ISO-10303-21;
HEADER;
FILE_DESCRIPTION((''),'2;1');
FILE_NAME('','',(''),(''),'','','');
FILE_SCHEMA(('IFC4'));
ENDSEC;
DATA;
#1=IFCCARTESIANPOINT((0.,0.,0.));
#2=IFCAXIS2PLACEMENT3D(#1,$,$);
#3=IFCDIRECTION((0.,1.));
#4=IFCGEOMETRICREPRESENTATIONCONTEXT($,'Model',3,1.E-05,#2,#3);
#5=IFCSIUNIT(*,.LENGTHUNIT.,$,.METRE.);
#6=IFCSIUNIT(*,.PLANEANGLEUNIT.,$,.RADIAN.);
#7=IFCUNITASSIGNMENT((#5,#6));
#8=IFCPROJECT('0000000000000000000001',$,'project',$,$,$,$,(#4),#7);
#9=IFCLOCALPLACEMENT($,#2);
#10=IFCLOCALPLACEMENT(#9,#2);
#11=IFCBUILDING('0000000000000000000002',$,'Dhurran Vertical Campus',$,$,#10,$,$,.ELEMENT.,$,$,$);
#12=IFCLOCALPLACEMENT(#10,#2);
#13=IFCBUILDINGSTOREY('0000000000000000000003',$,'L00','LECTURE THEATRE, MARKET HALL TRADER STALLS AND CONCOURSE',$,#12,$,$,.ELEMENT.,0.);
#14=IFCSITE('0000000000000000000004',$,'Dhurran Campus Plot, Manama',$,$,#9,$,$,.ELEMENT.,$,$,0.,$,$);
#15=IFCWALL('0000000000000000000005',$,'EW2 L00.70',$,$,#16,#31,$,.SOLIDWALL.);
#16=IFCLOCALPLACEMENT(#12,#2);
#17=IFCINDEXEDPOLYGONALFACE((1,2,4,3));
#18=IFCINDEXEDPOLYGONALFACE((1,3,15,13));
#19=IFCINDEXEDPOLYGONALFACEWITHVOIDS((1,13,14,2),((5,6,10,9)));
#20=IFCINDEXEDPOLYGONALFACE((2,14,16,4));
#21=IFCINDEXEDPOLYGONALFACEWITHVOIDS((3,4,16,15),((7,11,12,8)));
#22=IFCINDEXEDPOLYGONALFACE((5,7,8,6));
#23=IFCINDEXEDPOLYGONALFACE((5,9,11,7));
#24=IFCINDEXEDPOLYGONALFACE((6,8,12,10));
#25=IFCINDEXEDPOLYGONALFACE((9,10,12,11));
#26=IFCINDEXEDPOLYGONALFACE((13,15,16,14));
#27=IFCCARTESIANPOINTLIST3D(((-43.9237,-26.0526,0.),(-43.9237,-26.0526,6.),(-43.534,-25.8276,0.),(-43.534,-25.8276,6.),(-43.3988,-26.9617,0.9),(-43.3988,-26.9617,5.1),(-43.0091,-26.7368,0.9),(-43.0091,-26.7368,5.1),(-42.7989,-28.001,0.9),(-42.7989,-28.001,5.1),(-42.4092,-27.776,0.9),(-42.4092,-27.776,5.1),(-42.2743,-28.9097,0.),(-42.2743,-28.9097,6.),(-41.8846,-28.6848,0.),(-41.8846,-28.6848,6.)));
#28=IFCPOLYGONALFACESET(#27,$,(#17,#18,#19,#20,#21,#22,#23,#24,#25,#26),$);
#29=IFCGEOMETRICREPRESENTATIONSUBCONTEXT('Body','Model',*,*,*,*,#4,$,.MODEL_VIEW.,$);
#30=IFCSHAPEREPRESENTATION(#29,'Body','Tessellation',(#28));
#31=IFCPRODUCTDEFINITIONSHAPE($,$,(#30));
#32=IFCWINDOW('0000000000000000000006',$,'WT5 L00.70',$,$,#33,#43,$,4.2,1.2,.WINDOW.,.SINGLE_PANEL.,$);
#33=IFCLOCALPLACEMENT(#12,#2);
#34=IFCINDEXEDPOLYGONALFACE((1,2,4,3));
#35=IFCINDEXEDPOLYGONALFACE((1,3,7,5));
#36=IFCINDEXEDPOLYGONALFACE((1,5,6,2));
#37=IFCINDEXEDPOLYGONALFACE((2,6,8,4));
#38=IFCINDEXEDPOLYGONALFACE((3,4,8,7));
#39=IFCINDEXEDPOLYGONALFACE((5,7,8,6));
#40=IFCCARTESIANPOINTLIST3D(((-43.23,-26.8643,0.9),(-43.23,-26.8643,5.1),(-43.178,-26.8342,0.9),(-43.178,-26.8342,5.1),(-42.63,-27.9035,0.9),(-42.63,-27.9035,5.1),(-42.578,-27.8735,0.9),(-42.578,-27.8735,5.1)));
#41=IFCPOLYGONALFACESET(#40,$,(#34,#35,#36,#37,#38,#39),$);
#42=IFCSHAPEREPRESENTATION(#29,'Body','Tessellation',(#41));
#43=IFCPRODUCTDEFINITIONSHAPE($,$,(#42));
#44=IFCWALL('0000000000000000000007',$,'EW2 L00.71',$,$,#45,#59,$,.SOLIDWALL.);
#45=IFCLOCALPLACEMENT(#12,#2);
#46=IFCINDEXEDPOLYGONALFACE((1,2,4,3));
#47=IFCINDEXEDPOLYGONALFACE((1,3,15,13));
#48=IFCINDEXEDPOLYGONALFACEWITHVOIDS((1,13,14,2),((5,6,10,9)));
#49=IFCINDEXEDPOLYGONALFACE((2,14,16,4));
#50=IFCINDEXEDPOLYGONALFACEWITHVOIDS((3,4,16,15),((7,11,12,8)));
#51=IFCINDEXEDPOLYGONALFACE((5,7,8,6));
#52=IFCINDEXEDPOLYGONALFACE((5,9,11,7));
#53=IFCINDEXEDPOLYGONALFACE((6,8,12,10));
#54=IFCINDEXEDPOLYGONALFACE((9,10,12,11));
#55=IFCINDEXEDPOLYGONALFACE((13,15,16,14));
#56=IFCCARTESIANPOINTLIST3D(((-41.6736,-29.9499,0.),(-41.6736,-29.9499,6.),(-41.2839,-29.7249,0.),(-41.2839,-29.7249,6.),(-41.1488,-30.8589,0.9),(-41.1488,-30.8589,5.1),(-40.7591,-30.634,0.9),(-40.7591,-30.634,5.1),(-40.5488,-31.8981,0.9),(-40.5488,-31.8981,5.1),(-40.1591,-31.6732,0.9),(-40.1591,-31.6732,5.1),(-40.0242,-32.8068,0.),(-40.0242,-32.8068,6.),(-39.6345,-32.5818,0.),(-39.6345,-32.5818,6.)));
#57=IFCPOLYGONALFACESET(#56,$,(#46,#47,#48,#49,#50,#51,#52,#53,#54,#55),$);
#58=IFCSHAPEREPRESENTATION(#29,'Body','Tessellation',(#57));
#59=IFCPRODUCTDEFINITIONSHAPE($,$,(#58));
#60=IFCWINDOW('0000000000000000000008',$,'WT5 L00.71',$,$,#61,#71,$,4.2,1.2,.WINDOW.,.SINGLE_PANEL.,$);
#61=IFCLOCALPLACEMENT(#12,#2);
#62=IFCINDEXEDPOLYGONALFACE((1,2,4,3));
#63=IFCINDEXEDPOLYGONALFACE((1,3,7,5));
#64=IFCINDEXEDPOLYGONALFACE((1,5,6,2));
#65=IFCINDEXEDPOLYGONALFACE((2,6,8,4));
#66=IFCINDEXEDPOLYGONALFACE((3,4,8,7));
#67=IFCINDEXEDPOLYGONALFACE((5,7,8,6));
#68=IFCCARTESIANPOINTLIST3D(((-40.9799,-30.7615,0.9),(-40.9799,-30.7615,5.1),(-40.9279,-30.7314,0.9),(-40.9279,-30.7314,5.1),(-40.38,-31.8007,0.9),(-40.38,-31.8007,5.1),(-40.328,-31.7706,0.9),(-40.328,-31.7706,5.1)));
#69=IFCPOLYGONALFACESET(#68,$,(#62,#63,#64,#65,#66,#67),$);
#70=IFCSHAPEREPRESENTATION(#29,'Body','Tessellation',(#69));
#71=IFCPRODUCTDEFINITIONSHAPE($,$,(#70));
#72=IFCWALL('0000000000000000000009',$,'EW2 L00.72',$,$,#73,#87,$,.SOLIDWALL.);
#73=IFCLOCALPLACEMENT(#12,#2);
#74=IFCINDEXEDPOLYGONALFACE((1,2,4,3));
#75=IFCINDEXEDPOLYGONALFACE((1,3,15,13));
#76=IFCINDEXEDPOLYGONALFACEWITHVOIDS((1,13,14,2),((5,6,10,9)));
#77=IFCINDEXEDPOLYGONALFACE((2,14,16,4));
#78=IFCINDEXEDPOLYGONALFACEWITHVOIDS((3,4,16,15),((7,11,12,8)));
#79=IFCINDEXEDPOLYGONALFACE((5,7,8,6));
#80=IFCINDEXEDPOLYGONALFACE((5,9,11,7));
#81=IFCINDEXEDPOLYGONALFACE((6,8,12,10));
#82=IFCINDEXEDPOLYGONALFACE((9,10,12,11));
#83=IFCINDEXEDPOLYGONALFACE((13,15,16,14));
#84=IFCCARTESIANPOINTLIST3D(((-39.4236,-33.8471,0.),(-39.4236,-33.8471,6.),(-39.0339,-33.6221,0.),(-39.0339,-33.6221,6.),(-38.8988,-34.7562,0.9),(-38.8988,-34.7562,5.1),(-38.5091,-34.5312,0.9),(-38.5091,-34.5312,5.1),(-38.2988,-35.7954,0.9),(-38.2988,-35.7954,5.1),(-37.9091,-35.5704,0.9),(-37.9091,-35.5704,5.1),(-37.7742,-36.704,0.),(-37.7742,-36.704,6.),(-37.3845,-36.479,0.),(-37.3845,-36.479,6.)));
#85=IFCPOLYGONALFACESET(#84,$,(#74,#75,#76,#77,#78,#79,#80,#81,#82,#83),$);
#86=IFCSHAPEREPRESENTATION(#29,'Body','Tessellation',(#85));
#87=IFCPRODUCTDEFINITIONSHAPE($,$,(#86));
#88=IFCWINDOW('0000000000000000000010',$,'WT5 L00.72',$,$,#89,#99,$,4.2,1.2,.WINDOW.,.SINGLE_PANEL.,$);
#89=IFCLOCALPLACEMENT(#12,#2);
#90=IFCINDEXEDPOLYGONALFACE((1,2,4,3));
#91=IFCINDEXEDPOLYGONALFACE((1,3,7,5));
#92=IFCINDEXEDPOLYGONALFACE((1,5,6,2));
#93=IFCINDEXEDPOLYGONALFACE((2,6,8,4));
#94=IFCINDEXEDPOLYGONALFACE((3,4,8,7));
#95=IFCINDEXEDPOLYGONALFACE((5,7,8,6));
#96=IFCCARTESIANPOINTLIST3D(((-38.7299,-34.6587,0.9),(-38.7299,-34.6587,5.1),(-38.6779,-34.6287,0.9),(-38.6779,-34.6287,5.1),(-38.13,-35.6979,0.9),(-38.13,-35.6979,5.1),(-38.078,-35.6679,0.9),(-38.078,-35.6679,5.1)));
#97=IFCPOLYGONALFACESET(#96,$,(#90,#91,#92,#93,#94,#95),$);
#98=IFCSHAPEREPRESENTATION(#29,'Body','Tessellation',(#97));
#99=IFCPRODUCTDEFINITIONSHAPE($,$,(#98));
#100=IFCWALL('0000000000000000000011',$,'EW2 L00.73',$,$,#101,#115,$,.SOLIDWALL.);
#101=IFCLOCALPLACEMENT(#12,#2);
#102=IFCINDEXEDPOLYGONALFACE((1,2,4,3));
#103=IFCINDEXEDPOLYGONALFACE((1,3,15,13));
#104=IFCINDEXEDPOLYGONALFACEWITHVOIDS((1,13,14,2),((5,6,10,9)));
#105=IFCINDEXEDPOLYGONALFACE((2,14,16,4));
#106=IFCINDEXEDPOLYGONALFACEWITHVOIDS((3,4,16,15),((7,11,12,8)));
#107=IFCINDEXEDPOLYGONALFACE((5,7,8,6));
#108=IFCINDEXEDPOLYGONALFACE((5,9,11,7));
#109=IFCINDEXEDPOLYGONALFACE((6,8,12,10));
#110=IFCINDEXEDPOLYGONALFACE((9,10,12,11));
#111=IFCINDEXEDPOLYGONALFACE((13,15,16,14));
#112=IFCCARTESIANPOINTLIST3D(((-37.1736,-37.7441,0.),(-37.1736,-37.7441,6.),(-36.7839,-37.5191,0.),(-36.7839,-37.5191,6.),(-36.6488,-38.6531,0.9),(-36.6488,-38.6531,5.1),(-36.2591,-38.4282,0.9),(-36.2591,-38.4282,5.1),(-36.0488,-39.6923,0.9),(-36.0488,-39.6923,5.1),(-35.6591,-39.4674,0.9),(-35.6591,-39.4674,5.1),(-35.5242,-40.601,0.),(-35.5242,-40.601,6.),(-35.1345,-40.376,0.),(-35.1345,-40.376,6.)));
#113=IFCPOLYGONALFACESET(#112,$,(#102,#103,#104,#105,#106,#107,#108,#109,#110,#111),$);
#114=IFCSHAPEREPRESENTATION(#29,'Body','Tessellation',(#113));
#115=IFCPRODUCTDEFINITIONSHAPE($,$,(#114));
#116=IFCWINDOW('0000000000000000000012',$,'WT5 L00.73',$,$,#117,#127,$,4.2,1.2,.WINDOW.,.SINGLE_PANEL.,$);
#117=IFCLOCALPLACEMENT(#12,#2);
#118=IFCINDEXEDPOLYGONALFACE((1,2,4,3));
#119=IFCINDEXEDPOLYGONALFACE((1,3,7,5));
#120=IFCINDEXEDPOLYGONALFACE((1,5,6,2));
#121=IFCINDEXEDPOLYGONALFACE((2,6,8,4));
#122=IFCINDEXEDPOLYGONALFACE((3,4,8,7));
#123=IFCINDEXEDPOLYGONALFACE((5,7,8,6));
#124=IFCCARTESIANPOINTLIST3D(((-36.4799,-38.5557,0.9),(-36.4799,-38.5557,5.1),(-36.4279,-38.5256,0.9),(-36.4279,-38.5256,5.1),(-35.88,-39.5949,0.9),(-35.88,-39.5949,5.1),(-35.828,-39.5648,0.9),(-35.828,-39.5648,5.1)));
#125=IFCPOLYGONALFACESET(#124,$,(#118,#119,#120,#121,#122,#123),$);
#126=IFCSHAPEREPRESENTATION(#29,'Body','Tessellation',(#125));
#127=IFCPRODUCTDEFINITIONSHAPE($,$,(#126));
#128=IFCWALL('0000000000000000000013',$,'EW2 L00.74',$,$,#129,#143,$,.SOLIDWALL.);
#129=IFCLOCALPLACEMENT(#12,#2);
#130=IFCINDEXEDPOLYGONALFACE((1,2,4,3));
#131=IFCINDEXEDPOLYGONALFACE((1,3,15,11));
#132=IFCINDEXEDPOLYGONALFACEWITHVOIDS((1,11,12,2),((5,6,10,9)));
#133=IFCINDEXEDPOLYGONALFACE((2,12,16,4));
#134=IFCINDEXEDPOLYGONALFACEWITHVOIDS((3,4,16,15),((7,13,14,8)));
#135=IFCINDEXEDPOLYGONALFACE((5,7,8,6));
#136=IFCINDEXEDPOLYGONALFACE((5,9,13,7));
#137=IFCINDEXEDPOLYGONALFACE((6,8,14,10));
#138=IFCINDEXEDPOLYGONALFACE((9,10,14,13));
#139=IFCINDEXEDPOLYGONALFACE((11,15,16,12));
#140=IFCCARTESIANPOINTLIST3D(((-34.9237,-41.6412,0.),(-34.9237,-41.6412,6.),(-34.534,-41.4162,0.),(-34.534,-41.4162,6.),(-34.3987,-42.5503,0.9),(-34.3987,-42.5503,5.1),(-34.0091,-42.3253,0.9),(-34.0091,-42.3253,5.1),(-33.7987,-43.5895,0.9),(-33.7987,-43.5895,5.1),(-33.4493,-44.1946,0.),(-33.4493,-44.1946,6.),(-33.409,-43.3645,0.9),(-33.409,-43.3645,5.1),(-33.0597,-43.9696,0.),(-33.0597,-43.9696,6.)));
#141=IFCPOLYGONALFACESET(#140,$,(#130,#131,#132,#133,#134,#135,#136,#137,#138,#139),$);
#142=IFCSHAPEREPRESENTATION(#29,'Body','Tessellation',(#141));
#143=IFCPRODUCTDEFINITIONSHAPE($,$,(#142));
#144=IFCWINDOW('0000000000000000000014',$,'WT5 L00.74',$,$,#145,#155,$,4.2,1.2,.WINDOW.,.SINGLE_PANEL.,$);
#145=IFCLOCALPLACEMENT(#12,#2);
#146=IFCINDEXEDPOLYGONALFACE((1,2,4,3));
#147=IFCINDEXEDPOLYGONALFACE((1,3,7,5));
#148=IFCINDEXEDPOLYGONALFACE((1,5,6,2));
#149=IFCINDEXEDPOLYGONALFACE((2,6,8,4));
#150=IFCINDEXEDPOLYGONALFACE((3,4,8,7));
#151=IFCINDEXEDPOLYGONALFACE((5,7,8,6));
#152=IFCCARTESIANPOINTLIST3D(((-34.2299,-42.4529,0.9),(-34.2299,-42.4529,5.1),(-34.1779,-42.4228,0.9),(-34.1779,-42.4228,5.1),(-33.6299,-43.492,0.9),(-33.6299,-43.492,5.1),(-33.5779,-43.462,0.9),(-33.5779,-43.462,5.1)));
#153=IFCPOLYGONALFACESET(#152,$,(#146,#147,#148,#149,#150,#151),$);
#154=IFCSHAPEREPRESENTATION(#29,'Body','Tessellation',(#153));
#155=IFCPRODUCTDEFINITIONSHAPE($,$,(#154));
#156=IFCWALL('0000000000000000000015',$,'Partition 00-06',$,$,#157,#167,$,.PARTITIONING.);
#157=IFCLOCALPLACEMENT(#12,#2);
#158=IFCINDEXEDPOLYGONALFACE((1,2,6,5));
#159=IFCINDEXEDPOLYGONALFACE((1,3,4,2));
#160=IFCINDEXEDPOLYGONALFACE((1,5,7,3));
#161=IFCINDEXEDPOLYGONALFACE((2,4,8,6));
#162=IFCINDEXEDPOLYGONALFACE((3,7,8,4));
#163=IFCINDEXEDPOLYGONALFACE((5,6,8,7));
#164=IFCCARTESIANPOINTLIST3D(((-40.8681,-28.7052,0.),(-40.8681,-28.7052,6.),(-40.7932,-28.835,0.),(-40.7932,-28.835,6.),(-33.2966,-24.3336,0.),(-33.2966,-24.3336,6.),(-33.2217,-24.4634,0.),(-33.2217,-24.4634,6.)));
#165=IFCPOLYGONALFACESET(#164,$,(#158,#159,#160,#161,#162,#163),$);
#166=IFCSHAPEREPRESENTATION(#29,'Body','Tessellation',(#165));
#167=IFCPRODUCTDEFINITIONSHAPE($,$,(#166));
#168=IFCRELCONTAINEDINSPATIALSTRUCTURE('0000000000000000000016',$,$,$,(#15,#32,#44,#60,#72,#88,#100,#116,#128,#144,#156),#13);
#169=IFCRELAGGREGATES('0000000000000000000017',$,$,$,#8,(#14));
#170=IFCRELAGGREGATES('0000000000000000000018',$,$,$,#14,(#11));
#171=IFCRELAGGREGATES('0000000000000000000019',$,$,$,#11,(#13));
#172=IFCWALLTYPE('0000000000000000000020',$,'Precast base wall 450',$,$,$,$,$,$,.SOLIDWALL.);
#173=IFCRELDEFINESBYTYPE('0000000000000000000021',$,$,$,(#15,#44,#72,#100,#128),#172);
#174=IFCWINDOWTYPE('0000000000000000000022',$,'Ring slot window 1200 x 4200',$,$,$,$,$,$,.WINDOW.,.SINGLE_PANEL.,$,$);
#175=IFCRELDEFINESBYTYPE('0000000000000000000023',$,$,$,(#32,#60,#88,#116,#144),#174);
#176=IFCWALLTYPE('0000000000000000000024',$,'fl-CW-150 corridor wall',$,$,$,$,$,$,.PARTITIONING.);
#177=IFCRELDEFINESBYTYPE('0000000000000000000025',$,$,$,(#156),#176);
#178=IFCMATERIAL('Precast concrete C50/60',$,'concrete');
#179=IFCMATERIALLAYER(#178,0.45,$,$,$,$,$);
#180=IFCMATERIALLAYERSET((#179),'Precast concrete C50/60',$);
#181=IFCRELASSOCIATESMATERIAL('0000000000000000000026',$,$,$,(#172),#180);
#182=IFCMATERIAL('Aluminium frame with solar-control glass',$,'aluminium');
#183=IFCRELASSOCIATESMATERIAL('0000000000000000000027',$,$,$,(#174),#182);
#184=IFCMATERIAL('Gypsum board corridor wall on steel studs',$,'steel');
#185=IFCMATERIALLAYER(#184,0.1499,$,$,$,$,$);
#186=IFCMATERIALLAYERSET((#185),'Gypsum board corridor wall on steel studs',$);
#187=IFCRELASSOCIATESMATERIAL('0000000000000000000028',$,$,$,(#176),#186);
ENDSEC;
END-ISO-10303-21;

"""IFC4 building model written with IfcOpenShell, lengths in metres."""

from ifc_helpers import new_model, si_unit, direction, frame, frame_2d, origin, place, context, subcontext, project, spatial, rectangle, extrude, material, layer, layer_set, type_object, element, fill, save


model = new_model("IFC4")

# Units and contexts
model_context = context("Model", 3, precision=1e-05, world=origin(), true_north=direction((0.0, 1.0)))
body_context = subcontext(model_context, "Body", "Model", "MODEL_VIEW")
ifc_project = project(units=[si_unit("LENGTHUNIT", "METRE"), si_unit("PLANEANGLEUNIT", "RADIAN")], contexts=[model_context])

# Site, building, storey
site_placement = place(None, origin())
site = spatial("IfcSite", under=ifc_project, at=site_placement, Name="Dhurran Campus Plot, Manama", CompositionType="ELEMENT", RefElevation=0.0)
building_placement = place(site_placement, origin())
building = spatial("IfcBuilding", under=site, at=building_placement, Name="Dhurran Vertical Campus", CompositionType="ELEMENT")
storey_placement = place(building_placement, origin())
storey = spatial("IfcBuildingStorey", under=building, at=storey_placement, Name="L00", Description="LECTURE THEATRE, MARKET HALL TRADER STALLS AND CONCOURSE", CompositionType="ELEMENT", Elevation=0.0)

# Shared definitions
ifc_material_1 = material(Name="Precast concrete C50/60", Category="concrete")
ifc_layer_1 = layer(ifc_material_1, 0.45)
ifc_layer_set_1 = layer_set([ifc_layer_1], Name="Precast concrete C50/60")
wall_type_1 = type_object("IfcWallType", Name="Precast base wall 450", PredefinedType="SOLIDWALL", material=ifc_layer_set_1)

# Walls, openings, windows
wall_1_placement = place(storey_placement, frame((-43.7288, -25.9402, 0.0), z_axis=(0.0, 0.0, 1.0), x_axis=(0.499959, -0.866049, 0.0)))
wall_1 = element("IfcWall", 1, at=wall_1_placement, inside=storey, type_object=wall_type_1, Name="EW2 L00.70", PredefinedType="SOLIDWALL", context=body_context, shape_type="SweptSolid", body=[
    extrude(rectangle(XDim=3.2991, YDim=0.45, at=frame_2d((1.6494, 0.0))), origin(), (0.0, 0.0, 1.0), 6.0),
])
opening_1_placement = place(wall_1_placement, frame((1.0496, 0.0, 0.8999)))
opening_1 = element("IfcOpeningElement", 2, at=opening_1_placement, cuts=wall_1, PredefinedType="OPENING", context=body_context, shape_type="SweptSolid", body=[
    extrude(rectangle(XDim=1.2, YDim=4.2, at=frame_2d((0.6001, 2.1001))), frame((0.0, 0.2349, 0.0), z_axis=(0.0, -1.0, 0.0), x_axis=(1.0, 0.0, 0.0)), (0.0, 0.0, 1.0), 0.47),
])
ifc_material_2 = material(Name="Aluminium frame with solar-control glass", Category="aluminium")
window_type = type_object("IfcWindowType", Name="Ring slot window 1200 x 4200", PartitioningType="SINGLE_PANEL", PredefinedType="WINDOW", material=ifc_material_2)
window_1_placement = place(opening_1_placement, origin())
window_1 = element("IfcWindow", 3, at=window_1_placement, inside=storey, type_object=window_type, Name="WT5 L00.70", OverallHeight=4.2, OverallWidth=1.2, PartitioningType="SINGLE_PANEL", PredefinedType="WINDOW", context=body_context, shape_type="SweptSolid", body=[
    extrude(rectangle(XDim=1.2, YDim=4.2, at=frame_2d((0.6001, 2.1001))), frame((0.0, 0.03, 0.0), z_axis=(0.0, -1.0, 0.0), x_axis=(1.0, 0.0, 0.0)), (0.0, 0.0, 1.0), 0.0601),
])
fill(opening_1, window_1)
wall_2_placement = place(storey_placement, frame((-41.4788, -29.8374, 0.0), z_axis=(0.0, 0.0, 1.0), x_axis=(0.499992, -0.86603, 0.0)))
wall_2 = element("IfcWall", 4, at=wall_2_placement, inside=storey, type_object=wall_type_1, Name="EW2 L00.71", PredefinedType="SOLIDWALL", context=body_context, shape_type="SweptSolid", body=[
    extrude(rectangle(XDim=3.2988, YDim=0.45, at=frame_2d((1.6494, 0.0))), origin(), (0.0, 0.0, 1.0), 6.0),
])
opening_2_placement = place(wall_2_placement, frame((1.0496, 0.0, 0.8999)))
opening_2 = element("IfcOpeningElement", 5, at=opening_2_placement, cuts=wall_2, PredefinedType="OPENING", context=body_context, shape_type="SweptSolid", body=[
    extrude(rectangle(XDim=1.2, YDim=4.2, at=frame_2d((0.6001, 2.1001))), frame((0.0, 0.2349, 0.0), z_axis=(0.0, -1.0, 0.0), x_axis=(1.0, 0.0, 0.0)), (0.0, 0.0, 1.0), 0.47),
])
window_2_placement = place(opening_2_placement, origin())
window_2 = element("IfcWindow", 6, at=window_2_placement, inside=storey, type_object=window_type, Name="WT5 L00.71", OverallHeight=4.2, OverallWidth=1.2, PartitioningType="SINGLE_PANEL", PredefinedType="WINDOW", context=body_context, shape_type="SweptSolid", body=[
    extrude(rectangle(XDim=1.2, YDim=4.2, at=frame_2d((0.6001, 2.1001))), frame((0.0, 0.03, 0.0), z_axis=(0.0, -1.0, 0.0), x_axis=(1.0, 0.0, 0.0)), (0.0, 0.0, 1.0), 0.0601),
])
fill(opening_2, window_2)
wall_3_placement = place(storey_placement, frame((-39.2288, -33.7346, 0.0), z_axis=(0.0, 0.0, 1.0), x_axis=(0.499992, -0.86603, 0.0)))
wall_3 = element("IfcWall", 7, at=wall_3_placement, inside=storey, type_object=wall_type_1, Name="EW2 L00.72", PredefinedType="SOLIDWALL", context=body_context, shape_type="SweptSolid", body=[
    extrude(rectangle(XDim=3.2988, YDim=0.45, at=frame_2d((1.6494, 0.0))), origin(), (0.0, 0.0, 1.0), 6.0),
])
opening_3_placement = place(wall_3_placement, frame((1.0496, 0.0, 0.8999)))
opening_3 = element("IfcOpeningElement", 8, at=opening_3_placement, cuts=wall_3, PredefinedType="OPENING", context=body_context, shape_type="SweptSolid", body=[
    extrude(rectangle(XDim=1.2, YDim=4.2, at=frame_2d((0.6001, 2.1001))), frame((0.0, 0.2349, 0.0), z_axis=(0.0, -1.0, 0.0), x_axis=(1.0, 0.0, 0.0)), (0.0, 0.0, 1.0), 0.47),
])
window_3_placement = place(opening_3_placement, origin())
window_3 = element("IfcWindow", 9, at=window_3_placement, inside=storey, type_object=window_type, Name="WT5 L00.72", OverallHeight=4.2, OverallWidth=1.2, PartitioningType="SINGLE_PANEL", PredefinedType="WINDOW", context=body_context, shape_type="SweptSolid", body=[
    extrude(rectangle(XDim=1.2, YDim=4.2, at=frame_2d((0.6001, 2.1001))), frame((0.0, 0.03, 0.0), z_axis=(0.0, -1.0, 0.0), x_axis=(1.0, 0.0, 0.0)), (0.0, 0.0, 1.0), 0.0601),
])
fill(opening_3, window_3)
wall_4_placement = place(storey_placement, frame((-36.9788, -37.6316, 0.0), z_axis=(0.0, 0.0, 1.0), x_axis=(0.499992, -0.86603, 0.0)))
wall_4 = element("IfcWall", 10, at=wall_4_placement, inside=storey, type_object=wall_type_1, Name="EW2 L00.73", PredefinedType="SOLIDWALL", context=body_context, shape_type="SweptSolid", body=[
    extrude(rectangle(XDim=3.2988, YDim=0.45, at=frame_2d((1.6494, 0.0))), origin(), (0.0, 0.0, 1.0), 6.0),
])
opening_4_placement = place(wall_4_placement, frame((1.0496, 0.0, 0.8999)))
opening_4 = element("IfcOpeningElement", 11, at=opening_4_placement, cuts=wall_4, PredefinedType="OPENING", context=body_context, shape_type="SweptSolid", body=[
    extrude(rectangle(XDim=1.2, YDim=4.2, at=frame_2d((0.6001, 2.1001))), frame((0.0, 0.2349, 0.0), z_axis=(0.0, -1.0, 0.0), x_axis=(1.0, 0.0, 0.0)), (0.0, 0.0, 1.0), 0.47),
])
window_4_placement = place(opening_4_placement, origin())
window_4 = element("IfcWindow", 12, at=window_4_placement, inside=storey, type_object=window_type, Name="WT5 L00.73", OverallHeight=4.2, OverallWidth=1.2, PartitioningType="SINGLE_PANEL", PredefinedType="WINDOW", context=body_context, shape_type="SweptSolid", body=[
    extrude(rectangle(XDim=1.2, YDim=4.2, at=frame_2d((0.6001, 2.1001))), frame((0.0, 0.03, 0.0), z_axis=(0.0, -1.0, 0.0), x_axis=(1.0, 0.0, 0.0)), (0.0, 0.0, 1.0), 0.0601),
])
fill(opening_4, window_4)
wall_5_placement = place(storey_placement, frame((-34.7288, -41.5288, 0.0), z_axis=(0.0, 0.0, 1.0), x_axis=(0.500031, -0.866008, 0.0)))
wall_5 = element("IfcWall", 13, at=wall_5_placement, inside=storey, type_object=wall_type_1, Name="EW2 L00.74", PredefinedType="SOLIDWALL", context=body_context, shape_type="SweptSolid", body=[
    extrude(rectangle(XDim=2.9485, YDim=0.45, at=frame_2d((1.4741, 0.0))), origin(), (0.0, 0.0, 1.0), 6.0),
])
opening_5_placement = place(wall_5_placement, frame((1.0496, 0.0, 0.8999)))
opening_5 = element("IfcOpeningElement", 14, at=opening_5_placement, cuts=wall_5, PredefinedType="OPENING", context=body_context, shape_type="SweptSolid", body=[
    extrude(rectangle(XDim=1.2, YDim=4.2, at=frame_2d((0.6001, 2.1001))), frame((0.0, 0.2349, 0.0), z_axis=(0.0, -1.0, 0.0), x_axis=(1.0, 0.0, 0.0)), (0.0, 0.0, 1.0), 0.47),
])
window_5_placement = place(opening_5_placement, origin())
window_5 = element("IfcWindow", 15, at=window_5_placement, inside=storey, type_object=window_type, Name="WT5 L00.74", OverallHeight=4.2, OverallWidth=1.2, PartitioningType="SINGLE_PANEL", PredefinedType="WINDOW", context=body_context, shape_type="SweptSolid", body=[
    extrude(rectangle(XDim=1.2, YDim=4.2, at=frame_2d((0.6001, 2.1001))), frame((0.0, 0.03, 0.0), z_axis=(0.0, -1.0, 0.0), x_axis=(1.0, 0.0, 0.0)), (0.0, 0.0, 1.0), 0.0601),
])
fill(opening_5, window_5)

# Wall
ifc_material_3 = material(Name="Gypsum board corridor wall on steel studs", Category="steel")
ifc_layer_2 = layer(ifc_material_3, 0.1499)
ifc_layer_set_2 = layer_set([ifc_layer_2], Name="Gypsum board corridor wall on steel studs")
wall_type_2 = type_object("IfcWallType", Name="fl-CW-150 corridor wall", PredefinedType="PARTITIONING", material=ifc_layer_set_2)
wall_6_placement = place(storey_placement, frame((-33.259, -24.3984, 0.0), z_axis=(0.0, 0.0, 1.0), x_axis=(-0.866018, -0.500013, 0.0)))
element("IfcWall", 16, at=wall_6_placement, inside=storey, type_object=wall_type_2, Name="Partition 00-06", PredefinedType="PARTITIONING", context=body_context, shape_type="SweptSolid", body=[
    extrude(rectangle(XDim=8.7429, YDim=0.1499, at=frame_2d((4.3716, 0.0))), origin(), (0.0, 0.0, 1.0), 6.0),
])

save(model, "model.ifc")
